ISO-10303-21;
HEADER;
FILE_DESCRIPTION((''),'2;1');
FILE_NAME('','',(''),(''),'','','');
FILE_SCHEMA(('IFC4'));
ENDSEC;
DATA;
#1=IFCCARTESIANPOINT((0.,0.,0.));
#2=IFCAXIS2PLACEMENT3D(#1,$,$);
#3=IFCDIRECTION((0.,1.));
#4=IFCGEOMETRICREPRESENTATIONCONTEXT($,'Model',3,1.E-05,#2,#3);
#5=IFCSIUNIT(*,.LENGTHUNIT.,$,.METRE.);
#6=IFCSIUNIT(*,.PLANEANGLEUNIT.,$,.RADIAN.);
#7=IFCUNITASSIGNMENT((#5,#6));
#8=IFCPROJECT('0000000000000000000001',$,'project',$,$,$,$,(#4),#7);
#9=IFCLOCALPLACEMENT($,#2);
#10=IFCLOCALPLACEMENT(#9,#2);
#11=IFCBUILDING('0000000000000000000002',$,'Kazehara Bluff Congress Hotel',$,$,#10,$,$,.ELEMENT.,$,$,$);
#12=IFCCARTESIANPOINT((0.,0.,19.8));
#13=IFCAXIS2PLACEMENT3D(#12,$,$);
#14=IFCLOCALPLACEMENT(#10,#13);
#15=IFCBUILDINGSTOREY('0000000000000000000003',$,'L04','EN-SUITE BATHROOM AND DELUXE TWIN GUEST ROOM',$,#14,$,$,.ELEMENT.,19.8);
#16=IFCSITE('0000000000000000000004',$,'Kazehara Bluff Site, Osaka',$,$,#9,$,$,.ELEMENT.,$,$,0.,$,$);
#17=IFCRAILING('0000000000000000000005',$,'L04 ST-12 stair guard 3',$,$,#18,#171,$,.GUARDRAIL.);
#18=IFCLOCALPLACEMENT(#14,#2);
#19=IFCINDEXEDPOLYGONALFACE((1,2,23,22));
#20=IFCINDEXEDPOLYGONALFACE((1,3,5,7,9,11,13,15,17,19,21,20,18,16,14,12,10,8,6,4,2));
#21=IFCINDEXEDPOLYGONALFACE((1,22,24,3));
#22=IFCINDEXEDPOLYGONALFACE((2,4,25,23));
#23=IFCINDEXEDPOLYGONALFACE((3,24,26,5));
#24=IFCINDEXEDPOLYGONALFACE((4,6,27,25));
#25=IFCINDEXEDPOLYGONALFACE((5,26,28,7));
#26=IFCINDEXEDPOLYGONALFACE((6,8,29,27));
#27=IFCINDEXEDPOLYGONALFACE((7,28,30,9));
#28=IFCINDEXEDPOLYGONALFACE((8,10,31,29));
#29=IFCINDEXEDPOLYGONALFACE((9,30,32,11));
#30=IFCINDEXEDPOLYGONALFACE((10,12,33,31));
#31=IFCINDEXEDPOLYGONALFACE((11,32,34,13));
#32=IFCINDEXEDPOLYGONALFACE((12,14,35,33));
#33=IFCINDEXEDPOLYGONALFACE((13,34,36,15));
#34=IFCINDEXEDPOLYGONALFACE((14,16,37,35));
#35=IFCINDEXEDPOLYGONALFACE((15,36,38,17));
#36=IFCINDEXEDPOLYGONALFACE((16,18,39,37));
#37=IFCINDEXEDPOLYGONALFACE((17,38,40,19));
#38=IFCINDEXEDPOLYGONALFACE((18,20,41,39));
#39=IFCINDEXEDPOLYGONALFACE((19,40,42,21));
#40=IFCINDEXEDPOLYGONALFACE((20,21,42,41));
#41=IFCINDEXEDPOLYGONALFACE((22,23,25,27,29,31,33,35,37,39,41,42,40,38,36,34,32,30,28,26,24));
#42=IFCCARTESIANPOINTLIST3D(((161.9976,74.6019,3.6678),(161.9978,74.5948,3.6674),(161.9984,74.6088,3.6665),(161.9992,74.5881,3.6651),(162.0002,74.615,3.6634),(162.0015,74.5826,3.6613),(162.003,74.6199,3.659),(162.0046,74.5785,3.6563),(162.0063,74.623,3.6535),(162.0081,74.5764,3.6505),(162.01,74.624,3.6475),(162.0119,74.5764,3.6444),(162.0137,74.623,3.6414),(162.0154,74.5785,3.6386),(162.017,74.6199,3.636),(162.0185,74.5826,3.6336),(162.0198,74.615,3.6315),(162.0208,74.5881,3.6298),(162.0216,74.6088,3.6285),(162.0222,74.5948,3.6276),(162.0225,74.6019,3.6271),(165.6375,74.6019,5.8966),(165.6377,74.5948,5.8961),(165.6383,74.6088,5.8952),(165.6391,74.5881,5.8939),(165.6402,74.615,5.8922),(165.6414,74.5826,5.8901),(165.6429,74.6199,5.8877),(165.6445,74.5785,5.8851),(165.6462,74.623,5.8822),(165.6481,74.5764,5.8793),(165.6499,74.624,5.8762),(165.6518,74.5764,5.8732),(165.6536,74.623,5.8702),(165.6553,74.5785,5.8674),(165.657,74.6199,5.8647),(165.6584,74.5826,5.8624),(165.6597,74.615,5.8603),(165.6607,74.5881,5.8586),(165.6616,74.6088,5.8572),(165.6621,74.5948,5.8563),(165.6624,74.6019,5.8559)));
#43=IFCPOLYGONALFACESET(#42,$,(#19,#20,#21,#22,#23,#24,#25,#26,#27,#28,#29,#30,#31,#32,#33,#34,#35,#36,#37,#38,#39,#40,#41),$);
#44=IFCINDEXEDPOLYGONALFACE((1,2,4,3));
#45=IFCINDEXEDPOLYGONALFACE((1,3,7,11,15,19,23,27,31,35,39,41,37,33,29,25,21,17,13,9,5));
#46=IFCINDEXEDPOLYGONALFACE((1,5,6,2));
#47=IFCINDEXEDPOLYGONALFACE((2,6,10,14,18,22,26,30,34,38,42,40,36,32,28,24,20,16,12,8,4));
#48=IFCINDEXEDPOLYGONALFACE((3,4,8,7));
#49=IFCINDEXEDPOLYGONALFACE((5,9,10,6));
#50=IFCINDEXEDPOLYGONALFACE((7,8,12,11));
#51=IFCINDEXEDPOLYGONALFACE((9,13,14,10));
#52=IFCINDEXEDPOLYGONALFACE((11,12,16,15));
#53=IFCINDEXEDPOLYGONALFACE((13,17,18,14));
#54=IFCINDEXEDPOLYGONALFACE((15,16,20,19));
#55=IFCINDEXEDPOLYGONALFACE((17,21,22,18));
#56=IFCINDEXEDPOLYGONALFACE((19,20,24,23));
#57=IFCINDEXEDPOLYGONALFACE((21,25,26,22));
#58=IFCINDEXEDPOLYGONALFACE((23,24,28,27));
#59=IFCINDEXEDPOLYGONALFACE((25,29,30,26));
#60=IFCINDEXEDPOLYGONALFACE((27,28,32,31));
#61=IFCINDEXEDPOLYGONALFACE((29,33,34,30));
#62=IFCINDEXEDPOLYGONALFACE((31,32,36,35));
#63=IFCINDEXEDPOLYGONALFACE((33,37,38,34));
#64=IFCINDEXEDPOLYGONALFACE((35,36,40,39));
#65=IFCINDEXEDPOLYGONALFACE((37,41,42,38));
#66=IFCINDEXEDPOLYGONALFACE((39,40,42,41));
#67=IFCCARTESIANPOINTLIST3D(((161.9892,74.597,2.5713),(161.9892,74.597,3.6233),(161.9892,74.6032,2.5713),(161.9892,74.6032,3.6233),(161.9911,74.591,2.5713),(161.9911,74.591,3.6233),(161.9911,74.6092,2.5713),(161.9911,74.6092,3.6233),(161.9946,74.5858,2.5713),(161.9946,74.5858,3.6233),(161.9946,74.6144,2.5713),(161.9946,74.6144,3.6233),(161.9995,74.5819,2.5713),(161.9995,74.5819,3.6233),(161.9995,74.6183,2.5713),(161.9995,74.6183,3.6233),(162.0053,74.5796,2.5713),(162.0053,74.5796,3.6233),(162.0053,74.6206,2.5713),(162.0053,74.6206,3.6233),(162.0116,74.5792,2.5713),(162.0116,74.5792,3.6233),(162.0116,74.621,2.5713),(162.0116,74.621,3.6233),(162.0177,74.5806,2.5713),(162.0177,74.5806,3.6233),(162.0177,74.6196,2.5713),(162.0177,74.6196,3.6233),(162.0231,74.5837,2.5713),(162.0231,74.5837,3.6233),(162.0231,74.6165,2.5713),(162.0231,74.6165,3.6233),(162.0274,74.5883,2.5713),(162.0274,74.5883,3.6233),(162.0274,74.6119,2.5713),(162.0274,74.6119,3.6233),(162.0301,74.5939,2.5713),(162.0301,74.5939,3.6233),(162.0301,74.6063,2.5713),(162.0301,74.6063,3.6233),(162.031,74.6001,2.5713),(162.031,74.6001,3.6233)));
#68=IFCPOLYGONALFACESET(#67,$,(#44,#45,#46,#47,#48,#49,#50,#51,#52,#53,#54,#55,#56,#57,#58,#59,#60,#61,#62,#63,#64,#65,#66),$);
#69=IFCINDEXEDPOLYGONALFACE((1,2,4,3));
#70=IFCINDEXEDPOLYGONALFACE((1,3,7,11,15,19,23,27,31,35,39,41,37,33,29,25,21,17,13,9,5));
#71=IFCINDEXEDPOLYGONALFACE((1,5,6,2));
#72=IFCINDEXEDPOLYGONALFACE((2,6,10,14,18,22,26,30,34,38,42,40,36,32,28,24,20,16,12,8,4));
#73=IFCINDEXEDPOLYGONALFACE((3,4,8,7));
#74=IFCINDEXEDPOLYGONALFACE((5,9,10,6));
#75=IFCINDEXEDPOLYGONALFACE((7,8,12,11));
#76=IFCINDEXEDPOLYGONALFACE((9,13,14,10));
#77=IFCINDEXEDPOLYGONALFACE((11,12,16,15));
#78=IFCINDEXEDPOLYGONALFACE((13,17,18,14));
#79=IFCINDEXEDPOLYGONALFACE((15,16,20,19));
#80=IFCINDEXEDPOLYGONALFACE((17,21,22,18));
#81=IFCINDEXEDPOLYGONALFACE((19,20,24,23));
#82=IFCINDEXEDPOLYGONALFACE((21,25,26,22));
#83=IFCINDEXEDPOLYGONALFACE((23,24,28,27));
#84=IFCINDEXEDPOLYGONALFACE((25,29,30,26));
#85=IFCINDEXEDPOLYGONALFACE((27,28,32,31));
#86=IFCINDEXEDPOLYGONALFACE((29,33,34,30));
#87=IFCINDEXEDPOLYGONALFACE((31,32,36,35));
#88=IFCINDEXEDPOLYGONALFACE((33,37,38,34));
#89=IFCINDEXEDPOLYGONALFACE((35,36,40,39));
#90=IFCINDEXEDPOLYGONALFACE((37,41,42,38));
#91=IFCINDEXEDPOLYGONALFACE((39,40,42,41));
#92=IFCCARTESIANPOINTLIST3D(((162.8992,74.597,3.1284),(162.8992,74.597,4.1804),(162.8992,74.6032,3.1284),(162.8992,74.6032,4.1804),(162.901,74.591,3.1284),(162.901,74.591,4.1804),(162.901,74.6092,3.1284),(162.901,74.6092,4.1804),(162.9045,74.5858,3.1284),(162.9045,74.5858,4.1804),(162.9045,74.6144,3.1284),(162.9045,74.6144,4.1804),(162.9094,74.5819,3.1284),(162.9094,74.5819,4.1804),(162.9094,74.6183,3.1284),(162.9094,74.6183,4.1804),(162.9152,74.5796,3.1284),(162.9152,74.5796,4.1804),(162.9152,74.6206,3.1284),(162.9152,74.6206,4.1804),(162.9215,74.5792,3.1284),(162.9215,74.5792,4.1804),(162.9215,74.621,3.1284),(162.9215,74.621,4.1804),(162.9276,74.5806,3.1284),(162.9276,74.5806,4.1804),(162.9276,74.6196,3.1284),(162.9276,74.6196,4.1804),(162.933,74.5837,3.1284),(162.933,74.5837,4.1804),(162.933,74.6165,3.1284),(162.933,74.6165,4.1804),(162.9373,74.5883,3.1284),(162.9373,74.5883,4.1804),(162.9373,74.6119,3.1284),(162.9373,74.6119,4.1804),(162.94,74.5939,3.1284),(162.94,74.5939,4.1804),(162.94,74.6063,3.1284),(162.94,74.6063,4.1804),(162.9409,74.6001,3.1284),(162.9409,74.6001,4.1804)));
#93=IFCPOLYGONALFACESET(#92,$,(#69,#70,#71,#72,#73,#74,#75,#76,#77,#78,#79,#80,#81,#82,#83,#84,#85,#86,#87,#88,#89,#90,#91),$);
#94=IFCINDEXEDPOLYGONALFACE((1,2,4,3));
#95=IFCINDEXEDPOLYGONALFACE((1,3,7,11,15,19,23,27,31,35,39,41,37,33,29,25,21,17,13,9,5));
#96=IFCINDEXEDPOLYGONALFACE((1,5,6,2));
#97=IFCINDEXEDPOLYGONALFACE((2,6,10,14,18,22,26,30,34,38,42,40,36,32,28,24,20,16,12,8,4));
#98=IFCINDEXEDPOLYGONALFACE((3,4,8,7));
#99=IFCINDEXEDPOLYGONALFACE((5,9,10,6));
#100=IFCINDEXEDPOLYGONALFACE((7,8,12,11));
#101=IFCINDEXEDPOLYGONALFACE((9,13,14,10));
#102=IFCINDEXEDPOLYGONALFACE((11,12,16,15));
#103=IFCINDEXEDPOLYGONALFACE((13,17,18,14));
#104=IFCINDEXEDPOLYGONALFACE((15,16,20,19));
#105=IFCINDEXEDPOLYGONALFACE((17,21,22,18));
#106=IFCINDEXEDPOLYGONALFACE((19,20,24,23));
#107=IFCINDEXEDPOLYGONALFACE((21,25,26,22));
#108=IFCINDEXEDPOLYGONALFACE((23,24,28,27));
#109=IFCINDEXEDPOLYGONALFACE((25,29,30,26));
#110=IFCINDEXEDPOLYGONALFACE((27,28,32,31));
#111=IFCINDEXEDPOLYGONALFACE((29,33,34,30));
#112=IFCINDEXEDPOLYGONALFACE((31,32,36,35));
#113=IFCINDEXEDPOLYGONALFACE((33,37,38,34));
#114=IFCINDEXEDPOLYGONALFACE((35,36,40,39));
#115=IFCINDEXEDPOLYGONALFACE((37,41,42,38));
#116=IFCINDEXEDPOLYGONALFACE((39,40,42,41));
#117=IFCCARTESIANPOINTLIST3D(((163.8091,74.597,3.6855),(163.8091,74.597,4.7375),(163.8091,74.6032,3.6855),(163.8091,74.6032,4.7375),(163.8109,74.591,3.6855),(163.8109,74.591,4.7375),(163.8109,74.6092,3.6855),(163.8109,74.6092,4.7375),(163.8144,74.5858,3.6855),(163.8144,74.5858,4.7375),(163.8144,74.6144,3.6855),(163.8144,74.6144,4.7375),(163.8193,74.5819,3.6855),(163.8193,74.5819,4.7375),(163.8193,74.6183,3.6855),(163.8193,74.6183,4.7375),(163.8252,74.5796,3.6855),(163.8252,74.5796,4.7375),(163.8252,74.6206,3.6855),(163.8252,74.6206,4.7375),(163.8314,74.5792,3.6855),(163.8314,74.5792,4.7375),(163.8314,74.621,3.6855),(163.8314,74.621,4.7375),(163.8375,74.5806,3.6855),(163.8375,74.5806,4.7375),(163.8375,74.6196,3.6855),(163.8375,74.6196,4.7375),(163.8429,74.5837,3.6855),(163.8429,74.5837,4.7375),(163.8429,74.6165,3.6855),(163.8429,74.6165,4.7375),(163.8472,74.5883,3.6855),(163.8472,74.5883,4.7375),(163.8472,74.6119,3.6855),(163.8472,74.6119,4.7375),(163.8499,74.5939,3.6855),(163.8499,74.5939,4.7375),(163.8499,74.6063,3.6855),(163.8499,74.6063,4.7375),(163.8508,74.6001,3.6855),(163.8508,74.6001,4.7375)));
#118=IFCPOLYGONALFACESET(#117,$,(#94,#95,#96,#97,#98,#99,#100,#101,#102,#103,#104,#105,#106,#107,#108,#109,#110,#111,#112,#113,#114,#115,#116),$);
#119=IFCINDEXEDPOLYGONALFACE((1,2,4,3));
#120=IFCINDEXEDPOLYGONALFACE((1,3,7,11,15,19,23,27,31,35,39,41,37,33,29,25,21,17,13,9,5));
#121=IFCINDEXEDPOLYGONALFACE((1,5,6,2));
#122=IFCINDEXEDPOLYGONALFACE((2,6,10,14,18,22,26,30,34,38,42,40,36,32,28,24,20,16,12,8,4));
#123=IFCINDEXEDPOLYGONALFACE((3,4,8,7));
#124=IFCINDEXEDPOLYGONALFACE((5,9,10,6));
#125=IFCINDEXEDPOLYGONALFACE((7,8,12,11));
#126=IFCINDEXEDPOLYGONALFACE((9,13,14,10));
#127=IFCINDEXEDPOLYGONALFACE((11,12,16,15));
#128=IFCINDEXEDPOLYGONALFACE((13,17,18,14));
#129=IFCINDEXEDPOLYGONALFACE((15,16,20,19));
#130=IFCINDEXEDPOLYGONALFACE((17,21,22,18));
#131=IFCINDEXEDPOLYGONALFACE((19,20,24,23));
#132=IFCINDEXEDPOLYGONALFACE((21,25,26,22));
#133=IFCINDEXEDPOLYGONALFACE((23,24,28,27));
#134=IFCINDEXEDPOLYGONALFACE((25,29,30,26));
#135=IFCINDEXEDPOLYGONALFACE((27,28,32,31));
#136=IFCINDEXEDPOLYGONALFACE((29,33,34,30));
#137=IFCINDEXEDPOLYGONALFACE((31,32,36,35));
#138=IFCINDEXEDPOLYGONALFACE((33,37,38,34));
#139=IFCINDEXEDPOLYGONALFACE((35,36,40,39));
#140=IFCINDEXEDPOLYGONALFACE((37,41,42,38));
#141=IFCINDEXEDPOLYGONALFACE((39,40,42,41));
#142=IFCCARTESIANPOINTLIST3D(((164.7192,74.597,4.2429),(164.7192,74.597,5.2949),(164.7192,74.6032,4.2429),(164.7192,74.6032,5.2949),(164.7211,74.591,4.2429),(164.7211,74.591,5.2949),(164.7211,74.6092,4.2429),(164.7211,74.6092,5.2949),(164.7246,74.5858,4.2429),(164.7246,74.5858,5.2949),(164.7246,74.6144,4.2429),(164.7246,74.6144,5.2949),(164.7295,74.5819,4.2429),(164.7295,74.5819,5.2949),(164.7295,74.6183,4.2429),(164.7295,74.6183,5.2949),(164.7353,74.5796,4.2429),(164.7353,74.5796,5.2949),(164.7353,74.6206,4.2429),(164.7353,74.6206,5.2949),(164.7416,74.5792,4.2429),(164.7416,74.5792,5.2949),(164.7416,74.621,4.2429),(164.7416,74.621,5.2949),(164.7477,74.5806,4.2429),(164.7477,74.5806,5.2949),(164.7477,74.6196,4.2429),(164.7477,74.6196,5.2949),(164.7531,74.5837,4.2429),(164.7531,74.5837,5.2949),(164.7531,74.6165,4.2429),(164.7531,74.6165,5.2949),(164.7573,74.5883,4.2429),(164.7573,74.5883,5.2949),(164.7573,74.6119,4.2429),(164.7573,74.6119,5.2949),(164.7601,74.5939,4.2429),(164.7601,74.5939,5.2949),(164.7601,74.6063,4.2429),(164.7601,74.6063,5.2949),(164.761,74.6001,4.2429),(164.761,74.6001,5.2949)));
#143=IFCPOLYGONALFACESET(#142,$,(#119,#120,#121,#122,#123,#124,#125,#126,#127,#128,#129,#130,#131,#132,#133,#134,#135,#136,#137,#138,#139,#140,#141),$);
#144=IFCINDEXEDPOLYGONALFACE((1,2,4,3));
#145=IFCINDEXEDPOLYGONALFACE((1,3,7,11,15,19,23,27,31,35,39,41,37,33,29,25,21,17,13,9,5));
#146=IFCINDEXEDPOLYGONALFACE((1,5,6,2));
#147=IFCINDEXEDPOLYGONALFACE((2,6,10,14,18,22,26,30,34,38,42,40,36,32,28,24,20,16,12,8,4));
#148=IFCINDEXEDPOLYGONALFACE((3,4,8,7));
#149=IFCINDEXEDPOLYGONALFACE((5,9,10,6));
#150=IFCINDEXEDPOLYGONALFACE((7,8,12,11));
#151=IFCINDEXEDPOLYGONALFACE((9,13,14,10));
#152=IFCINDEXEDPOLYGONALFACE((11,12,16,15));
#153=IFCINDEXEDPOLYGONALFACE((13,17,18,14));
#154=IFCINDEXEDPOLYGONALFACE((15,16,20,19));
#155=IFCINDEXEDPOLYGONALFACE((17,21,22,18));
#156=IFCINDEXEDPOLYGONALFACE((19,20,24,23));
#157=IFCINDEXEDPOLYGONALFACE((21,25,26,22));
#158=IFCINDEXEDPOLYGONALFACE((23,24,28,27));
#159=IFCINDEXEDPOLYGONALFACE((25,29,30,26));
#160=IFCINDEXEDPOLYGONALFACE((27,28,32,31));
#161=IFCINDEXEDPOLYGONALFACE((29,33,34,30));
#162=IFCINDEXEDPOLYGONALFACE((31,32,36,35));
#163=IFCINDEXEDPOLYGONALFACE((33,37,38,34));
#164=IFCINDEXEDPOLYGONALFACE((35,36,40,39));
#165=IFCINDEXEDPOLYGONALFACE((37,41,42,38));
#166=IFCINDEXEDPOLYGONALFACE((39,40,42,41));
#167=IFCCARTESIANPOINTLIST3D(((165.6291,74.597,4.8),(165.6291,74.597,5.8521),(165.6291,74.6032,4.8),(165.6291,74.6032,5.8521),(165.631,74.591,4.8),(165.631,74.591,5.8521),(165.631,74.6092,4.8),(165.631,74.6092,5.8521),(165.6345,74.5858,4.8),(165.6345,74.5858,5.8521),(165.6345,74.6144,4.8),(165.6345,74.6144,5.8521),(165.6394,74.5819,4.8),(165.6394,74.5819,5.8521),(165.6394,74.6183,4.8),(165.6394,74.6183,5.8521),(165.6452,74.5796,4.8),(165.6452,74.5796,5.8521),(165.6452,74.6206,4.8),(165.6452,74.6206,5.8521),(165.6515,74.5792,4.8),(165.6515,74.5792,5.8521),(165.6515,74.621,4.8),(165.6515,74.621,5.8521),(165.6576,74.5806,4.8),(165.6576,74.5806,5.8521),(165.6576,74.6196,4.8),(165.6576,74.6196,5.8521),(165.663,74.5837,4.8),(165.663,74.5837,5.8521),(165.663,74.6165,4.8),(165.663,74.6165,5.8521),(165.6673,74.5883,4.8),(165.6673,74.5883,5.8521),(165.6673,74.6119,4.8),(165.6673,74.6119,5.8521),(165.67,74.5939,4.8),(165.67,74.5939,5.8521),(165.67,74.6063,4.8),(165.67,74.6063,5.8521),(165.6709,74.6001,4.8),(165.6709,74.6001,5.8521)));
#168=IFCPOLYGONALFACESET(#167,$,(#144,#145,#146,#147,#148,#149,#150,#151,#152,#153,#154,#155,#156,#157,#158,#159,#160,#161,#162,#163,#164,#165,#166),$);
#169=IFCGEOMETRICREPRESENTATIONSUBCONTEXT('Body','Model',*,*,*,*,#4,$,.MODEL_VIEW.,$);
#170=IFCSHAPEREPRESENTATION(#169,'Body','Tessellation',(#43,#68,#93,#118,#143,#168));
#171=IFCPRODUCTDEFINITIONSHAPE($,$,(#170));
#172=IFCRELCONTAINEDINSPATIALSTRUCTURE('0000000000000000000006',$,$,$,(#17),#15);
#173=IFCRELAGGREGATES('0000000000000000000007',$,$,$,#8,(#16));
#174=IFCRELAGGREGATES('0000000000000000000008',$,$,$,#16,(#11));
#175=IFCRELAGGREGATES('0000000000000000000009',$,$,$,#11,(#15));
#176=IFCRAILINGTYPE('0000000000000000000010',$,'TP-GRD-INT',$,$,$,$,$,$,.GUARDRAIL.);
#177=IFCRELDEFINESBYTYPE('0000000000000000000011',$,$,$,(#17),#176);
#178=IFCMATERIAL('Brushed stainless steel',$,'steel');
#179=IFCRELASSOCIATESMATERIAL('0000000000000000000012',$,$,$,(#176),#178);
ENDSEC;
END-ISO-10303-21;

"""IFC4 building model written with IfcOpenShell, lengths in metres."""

from ifc_helpers import new_model, si_unit, direction, frame, origin, origin_2d, place, context, subcontext, project, spatial, circle, extrude, material, type_object, element, save


model = new_model("IFC4")

# Units and contexts
model_context = context("Model", 3, precision=1e-05, world=origin(), true_north=direction((0.0, 1.0)))
body_context = subcontext(model_context, "Body", "Model", "MODEL_VIEW")
ifc_project = project(units=[si_unit("LENGTHUNIT", "METRE"), si_unit("PLANEANGLEUNIT", "RADIAN")], contexts=[model_context])

# Site, building, storey
site_placement = place(None, origin())
site = spatial("IfcSite", under=ifc_project, at=site_placement, Name="Kazehara Bluff Site, Osaka", CompositionType="ELEMENT", RefElevation=0.0)
building_placement = place(site_placement, origin())
building = spatial("IfcBuilding", under=site, at=building_placement, Name="Kazehara Bluff Congress Hotel", CompositionType="ELEMENT")
storey_placement = place(building_placement, frame((0.0, 0.0, 19.8)))
storey = spatial("IfcBuildingStorey", under=building, at=storey_placement, Name="L04", Description="EN-SUITE BATHROOM AND DELUXE TWIN GUEST ROOM", CompositionType="ELEMENT", Elevation=19.8)

# Railing
ifc_material_1 = material(Name="Brushed stainless steel", Category="steel")
railing_type_1 = type_object("IfcRailingType", Name="TP-GRD-INT", PredefinedType="GUARDRAIL", material=ifc_material_1)
railing_1_placement = place(storey_placement, frame((162.01, 74.6001, 2.5713)))
element("IfcRailing", 1, at=railing_1_placement, inside=storey, type_object=railing_type_1, Name="L04 ST-12 stair guard 3", PredefinedType="GUARDRAIL", context=body_context, shape_type="SweptSolid", body=[
    extrude(circle(Radius=0.0239, at=origin_2d()), frame((0.0, 0.0, 1.0762), z_axis=(0.852825, 0.0, 0.522197), x_axis=(0.0, 1.0, 0.0)), (0.0, 0.0, 1.0), 4.2681),
    extrude(circle(Radius=0.021, at=origin_2d()), origin(), (0.0, 0.0, 1.0), 1.052),
    extrude(circle(Radius=0.021, at=origin_2d()), frame((0.9099, 0.0, 0.5571)), (0.0, 0.0, 1.0), 1.052),
    extrude(circle(Radius=0.021, at=origin_2d()), frame((1.8198, 0.0, 1.1143)), (0.0, 0.0, 1.0), 1.052),
    extrude(circle(Radius=0.021, at=origin_2d()), frame((2.73, 0.0, 1.6716)), (0.0, 0.0, 1.0), 1.052),
    extrude(circle(Radius=0.021, at=origin_2d()), frame((3.6399, 0.0, 2.2288)), (0.0, 0.0, 1.0), 1.052),
])

save(model, "model.ifc")
